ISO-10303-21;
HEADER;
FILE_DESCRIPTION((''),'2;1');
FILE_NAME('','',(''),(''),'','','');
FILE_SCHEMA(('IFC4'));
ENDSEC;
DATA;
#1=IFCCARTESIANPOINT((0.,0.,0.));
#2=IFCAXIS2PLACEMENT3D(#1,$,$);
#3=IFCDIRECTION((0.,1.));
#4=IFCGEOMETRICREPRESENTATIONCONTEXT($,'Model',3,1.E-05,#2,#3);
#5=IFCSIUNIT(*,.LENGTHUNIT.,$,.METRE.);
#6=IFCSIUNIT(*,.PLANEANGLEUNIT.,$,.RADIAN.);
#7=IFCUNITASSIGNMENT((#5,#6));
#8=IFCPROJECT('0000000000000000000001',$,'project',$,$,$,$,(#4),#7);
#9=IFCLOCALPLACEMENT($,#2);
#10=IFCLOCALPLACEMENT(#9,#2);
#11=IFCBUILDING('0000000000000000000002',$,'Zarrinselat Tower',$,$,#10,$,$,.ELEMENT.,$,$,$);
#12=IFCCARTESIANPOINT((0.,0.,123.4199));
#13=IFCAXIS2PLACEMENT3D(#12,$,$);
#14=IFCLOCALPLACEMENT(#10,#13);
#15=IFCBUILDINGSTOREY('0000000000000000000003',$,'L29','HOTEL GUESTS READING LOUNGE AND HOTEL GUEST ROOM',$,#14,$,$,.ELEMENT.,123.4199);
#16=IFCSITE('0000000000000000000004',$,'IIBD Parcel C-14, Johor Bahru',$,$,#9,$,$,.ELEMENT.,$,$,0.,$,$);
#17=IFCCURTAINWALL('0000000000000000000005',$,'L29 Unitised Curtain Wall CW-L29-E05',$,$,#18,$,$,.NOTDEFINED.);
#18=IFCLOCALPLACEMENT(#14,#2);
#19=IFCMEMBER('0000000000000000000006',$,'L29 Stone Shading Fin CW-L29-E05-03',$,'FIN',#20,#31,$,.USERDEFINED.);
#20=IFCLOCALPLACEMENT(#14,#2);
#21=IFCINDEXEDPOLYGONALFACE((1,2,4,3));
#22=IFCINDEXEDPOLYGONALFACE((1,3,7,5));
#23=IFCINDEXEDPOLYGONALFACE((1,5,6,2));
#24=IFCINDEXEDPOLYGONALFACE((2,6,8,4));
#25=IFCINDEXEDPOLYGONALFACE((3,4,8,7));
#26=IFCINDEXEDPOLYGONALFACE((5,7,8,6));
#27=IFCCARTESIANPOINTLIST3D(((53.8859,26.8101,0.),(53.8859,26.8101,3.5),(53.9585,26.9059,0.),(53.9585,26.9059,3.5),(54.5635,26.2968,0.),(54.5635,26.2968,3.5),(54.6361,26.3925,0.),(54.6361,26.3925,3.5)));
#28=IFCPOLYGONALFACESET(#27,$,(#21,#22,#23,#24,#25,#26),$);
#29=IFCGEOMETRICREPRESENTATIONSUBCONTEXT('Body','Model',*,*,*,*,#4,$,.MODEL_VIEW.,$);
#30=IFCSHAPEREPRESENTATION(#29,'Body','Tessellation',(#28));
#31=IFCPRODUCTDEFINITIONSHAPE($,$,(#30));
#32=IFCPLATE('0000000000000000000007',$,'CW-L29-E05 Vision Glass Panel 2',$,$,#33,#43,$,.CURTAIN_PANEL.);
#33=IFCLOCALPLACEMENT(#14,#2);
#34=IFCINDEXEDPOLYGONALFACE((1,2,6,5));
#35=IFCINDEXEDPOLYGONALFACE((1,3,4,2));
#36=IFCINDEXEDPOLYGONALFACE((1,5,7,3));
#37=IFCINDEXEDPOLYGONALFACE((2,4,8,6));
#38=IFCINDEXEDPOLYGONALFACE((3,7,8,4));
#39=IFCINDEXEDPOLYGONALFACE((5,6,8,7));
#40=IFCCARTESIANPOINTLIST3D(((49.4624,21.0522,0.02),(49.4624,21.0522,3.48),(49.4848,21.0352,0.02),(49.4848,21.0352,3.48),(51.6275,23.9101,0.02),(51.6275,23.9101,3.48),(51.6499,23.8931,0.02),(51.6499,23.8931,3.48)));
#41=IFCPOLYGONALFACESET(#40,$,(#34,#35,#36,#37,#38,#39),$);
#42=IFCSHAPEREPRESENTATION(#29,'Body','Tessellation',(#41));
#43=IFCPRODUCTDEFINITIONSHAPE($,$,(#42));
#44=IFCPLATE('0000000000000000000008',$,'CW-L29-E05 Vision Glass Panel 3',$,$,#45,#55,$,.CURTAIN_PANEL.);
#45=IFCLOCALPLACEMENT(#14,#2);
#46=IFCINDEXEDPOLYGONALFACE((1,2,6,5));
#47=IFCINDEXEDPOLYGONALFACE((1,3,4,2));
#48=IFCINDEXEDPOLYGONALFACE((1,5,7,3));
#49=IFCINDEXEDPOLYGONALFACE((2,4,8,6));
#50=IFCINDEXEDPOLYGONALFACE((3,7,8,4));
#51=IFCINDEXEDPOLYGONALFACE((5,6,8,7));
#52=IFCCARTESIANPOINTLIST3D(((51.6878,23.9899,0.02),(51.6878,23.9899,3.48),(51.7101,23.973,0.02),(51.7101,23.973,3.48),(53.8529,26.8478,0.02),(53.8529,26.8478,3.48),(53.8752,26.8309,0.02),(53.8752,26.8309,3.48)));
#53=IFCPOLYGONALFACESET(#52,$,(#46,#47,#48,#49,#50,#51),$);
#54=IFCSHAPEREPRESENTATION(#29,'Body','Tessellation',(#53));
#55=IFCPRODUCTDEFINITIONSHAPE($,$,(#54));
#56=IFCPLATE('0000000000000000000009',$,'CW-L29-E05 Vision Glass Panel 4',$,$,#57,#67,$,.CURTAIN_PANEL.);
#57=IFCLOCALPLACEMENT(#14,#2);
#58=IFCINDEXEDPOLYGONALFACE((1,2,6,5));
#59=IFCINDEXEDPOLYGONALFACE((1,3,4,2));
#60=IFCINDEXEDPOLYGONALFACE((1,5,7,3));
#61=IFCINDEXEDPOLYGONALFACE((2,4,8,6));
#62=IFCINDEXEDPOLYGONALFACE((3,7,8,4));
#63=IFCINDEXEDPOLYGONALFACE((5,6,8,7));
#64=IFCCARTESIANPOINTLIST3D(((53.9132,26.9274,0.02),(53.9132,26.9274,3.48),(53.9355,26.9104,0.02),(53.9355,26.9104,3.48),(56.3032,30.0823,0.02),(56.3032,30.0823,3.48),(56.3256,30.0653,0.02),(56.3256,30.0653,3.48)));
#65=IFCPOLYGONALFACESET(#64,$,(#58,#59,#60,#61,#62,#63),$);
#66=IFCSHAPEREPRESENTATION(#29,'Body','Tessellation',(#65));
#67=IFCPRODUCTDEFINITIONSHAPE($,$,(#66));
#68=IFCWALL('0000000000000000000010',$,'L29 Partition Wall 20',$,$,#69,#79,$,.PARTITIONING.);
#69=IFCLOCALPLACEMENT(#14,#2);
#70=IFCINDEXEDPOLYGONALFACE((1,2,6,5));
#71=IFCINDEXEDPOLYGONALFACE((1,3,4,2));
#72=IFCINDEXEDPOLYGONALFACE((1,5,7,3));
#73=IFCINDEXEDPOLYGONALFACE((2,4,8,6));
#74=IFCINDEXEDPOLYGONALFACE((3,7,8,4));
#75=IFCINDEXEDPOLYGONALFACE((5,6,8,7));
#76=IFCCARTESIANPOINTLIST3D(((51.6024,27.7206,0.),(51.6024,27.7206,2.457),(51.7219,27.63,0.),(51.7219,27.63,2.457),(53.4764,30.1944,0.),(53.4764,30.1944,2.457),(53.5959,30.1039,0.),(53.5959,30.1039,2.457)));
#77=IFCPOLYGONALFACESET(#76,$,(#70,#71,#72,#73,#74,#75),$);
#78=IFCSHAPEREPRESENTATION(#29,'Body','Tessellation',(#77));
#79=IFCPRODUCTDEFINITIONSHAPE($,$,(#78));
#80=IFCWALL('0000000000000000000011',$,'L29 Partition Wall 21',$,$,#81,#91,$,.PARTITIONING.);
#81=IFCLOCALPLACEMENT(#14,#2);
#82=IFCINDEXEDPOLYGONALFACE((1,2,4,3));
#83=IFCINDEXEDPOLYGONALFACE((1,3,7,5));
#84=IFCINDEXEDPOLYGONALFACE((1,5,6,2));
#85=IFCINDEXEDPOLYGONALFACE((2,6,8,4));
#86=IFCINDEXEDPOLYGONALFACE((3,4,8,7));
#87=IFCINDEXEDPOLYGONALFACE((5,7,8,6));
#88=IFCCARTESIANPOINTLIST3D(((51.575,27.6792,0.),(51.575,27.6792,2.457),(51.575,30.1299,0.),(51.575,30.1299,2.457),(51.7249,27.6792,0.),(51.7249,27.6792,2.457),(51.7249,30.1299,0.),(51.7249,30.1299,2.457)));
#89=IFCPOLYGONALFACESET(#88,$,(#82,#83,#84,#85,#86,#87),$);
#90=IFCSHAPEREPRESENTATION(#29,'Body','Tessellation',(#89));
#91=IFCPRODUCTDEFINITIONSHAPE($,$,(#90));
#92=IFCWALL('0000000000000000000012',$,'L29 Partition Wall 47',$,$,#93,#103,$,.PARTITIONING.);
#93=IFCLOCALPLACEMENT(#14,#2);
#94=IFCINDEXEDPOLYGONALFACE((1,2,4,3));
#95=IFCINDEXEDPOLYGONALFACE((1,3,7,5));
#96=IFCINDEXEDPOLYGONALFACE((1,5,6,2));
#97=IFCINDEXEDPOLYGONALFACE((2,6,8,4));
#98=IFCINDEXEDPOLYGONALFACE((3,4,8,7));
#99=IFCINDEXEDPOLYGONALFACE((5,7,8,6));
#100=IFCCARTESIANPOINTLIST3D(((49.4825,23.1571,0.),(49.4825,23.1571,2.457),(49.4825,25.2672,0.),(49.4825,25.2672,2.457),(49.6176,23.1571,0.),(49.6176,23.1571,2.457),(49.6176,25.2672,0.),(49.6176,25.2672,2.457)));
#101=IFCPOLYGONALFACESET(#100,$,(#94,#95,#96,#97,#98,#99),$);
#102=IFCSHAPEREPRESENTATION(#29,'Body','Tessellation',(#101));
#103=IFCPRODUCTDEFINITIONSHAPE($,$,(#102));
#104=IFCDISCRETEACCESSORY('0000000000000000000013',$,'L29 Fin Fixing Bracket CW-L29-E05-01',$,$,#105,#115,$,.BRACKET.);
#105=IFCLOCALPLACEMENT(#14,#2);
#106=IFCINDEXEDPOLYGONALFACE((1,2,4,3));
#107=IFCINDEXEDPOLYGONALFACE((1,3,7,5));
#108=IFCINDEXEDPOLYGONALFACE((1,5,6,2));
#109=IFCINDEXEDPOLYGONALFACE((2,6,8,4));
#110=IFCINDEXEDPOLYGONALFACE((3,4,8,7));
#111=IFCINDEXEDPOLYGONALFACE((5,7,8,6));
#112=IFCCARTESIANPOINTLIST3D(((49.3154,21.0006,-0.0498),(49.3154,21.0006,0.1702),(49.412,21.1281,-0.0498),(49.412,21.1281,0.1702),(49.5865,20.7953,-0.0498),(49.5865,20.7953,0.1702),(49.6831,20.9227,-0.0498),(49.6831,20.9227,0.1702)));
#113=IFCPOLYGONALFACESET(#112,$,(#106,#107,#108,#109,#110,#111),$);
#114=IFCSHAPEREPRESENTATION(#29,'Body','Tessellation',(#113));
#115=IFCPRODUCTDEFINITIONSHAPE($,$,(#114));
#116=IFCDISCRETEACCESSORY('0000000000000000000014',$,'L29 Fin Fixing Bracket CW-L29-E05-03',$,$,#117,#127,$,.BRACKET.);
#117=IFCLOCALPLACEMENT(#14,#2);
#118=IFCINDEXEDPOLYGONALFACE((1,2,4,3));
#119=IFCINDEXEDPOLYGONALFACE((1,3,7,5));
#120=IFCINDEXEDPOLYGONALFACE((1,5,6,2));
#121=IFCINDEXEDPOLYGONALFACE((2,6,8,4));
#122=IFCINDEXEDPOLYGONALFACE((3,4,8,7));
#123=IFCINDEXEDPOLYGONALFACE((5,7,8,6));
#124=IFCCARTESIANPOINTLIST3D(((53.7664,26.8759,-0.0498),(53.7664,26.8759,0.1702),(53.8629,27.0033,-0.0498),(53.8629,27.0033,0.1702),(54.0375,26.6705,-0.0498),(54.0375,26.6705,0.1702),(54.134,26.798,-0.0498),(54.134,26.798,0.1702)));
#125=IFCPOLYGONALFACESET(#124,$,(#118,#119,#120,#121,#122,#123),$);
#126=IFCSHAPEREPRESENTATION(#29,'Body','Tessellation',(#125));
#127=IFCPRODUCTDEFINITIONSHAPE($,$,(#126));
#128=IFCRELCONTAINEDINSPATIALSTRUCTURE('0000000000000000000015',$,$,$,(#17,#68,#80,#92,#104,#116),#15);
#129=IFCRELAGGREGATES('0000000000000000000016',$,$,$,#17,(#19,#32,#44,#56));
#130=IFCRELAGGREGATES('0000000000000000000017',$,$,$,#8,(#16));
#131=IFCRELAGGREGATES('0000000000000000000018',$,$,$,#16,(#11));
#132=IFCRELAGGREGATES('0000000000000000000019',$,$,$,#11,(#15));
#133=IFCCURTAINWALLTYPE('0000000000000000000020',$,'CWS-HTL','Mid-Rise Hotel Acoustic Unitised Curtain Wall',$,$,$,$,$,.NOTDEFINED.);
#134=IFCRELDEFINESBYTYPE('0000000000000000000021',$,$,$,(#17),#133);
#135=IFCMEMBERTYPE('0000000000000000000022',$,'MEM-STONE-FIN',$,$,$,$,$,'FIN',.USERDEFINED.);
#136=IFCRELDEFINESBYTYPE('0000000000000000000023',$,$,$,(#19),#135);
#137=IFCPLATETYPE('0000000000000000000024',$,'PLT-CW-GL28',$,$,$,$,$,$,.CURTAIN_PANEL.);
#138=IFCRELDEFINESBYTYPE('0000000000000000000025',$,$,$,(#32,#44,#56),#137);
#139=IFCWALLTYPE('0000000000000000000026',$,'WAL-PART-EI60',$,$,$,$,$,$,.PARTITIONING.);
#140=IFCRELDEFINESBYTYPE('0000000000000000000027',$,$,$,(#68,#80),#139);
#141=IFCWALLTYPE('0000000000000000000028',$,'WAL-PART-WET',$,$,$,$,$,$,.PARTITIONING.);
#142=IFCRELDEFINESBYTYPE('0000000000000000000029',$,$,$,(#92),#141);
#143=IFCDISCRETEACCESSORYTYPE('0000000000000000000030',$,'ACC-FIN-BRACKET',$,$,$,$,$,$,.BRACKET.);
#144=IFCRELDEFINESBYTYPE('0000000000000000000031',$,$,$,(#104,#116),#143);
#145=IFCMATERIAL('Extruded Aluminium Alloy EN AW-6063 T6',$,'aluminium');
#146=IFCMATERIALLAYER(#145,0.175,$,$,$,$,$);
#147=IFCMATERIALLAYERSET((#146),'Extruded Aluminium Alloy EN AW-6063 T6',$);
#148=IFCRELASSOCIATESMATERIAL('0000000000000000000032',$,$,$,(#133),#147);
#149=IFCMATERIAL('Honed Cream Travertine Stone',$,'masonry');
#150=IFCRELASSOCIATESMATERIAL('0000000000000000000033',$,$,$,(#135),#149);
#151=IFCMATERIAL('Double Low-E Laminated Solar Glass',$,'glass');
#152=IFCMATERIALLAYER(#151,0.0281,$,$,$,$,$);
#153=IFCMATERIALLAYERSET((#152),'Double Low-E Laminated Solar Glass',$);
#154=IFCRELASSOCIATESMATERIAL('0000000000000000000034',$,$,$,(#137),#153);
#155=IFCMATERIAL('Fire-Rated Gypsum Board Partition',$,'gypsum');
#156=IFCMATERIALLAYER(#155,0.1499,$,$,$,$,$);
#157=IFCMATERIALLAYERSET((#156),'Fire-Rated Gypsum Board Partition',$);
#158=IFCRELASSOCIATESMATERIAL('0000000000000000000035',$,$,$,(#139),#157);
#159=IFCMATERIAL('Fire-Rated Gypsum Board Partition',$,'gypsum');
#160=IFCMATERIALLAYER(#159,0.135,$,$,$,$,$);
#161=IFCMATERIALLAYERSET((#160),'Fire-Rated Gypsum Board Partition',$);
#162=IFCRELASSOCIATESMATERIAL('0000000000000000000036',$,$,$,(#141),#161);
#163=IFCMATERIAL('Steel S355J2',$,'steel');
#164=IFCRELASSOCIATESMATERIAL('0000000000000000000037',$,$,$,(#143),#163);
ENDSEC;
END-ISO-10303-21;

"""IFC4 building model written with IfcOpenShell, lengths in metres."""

from ifc_helpers import new_model, si_unit, direction, frame, frame_2d, origin, origin_2d, place, context, subcontext, project, spatial, rectangle, extrude, material, layer, layer_set, material_profile, profile_set, type_object, element, aggregate, save


model = new_model("IFC4")

# Units and contexts
model_context = context("Model", 3, precision=1e-05, world=origin(), true_north=direction((0.0, 1.0)))
body_context = subcontext(model_context, "Body", "Model", "MODEL_VIEW")
ifc_project = project(units=[si_unit("LENGTHUNIT", "METRE"), si_unit("PLANEANGLEUNIT", "RADIAN")], contexts=[model_context])

# Site, building, storey
site_placement = place(None, origin())
site = spatial("IfcSite", under=ifc_project, at=site_placement, Name="IIBD Parcel C-14, Johor Bahru", CompositionType="ELEMENT", RefElevation=0.0)
building_placement = place(site_placement, origin())
building = spatial("IfcBuilding", under=site, at=building_placement, Name="Zarrinselat Tower", CompositionType="ELEMENT")
storey_placement = place(building_placement, frame((0.0, 0.0, 123.4199)))
storey = spatial("IfcBuildingStorey", under=building, at=storey_placement, Name="L29", Description="HOTEL GUESTS READING LOUNGE AND HOTEL GUEST ROOM", CompositionType="ELEMENT", Elevation=123.4199)

# Curtain wall, member, plates
ifc_material_1 = material(Name="Extruded Aluminium Alloy EN AW-6063 T6", Category="aluminium")
ifc_layer_1 = layer(ifc_material_1, 0.175)
ifc_layer_set_1 = layer_set([ifc_layer_1], Name="Extruded Aluminium Alloy EN AW-6063 T6")
curtain_wall_type = type_object("IfcCurtainWallType", Name="CWS-HTL", Description="Mid-Rise Hotel Acoustic Unitised Curtain Wall", PredefinedType="NOTDEFINED", material=ifc_layer_set_1)
curtain_wall_placement = place(storey_placement, origin())
curtain_wall = element("IfcCurtainWall", 1, at=curtain_wall_placement, inside=storey, type_object=curtain_wall_type, Name="L29 Unitised Curtain Wall CW-L29-E05", PredefinedType="NOTDEFINED")
ifc_material_2 = material(Name="Honed Cream Travertine Stone", Category="masonry")
ifc_material_profile_1 = material_profile(ifc_material_2, rectangle(XDim=0.1201, YDim=0.8501, at=origin_2d()), Name="FIN 850x120")
ifc_profile_set_1 = profile_set([ifc_material_profile_1], Name="Honed Cream Travertine Stone")
member_type_1 = type_object("IfcMemberType", Name="MEM-STONE-FIN", ElementType="FIN", PredefinedType="USERDEFINED", material=ifc_profile_set_1)
member_1_placement = place(storey_placement, frame((54.261, 26.6013, 0.0), z_axis=(0.0, 0.0, 1.0), x_axis=(-0.603858, -0.797092, 0.0)))
member_1 = element("IfcMember", 2, at=member_1_placement, type_object=member_type_1, Name="L29 Stone Shading Fin CW-L29-E05-03", ObjectType="FIN", PredefinedType="USERDEFINED", context=body_context, shape_type="SweptSolid", body=[
    extrude(rectangle(XDim=0.1201, YDim=0.8501, at=origin_2d()), origin(), (0.0, 0.0, 1.0), 3.5),
])
ifc_material_3 = material(Name="Double Low-E Laminated Solar Glass", Category="glass")
ifc_layer_2 = layer(ifc_material_3, 0.0281)
ifc_layer_set_2 = layer_set([ifc_layer_2], Name="Double Low-E Laminated Solar Glass")
plate_type = type_object("IfcPlateType", Name="PLT-CW-GL28", PredefinedType="CURTAIN_PANEL", material=ifc_layer_set_2)
plate_1_placement = place(storey_placement, frame((50.5562, 22.4727, 0.02), z_axis=(0.0, 0.0, 1.0), x_axis=(0.603858, 0.797092, 0.0)))
plate_1 = element("IfcPlate", 3, at=plate_1_placement, type_object=plate_type, Name="CW-L29-E05 Vision Glass Panel 2", PredefinedType="CURTAIN_PANEL", context=body_context, shape_type="SweptSolid", body=[
    extrude(rectangle(XDim=3.5854, YDim=0.0281, at=origin_2d()), origin(), (0.0, 0.0, 1.0), 3.46),
])
plate_2_placement = place(storey_placement, frame((52.7815, 25.4104, 0.02), z_axis=(0.0, 0.0, 1.0), x_axis=(0.603858, 0.797092, 0.0)))
plate_2 = element("IfcPlate", 4, at=plate_2_placement, type_object=plate_type, Name="CW-L29-E05 Vision Glass Panel 3", PredefinedType="CURTAIN_PANEL", context=body_context, shape_type="SweptSolid", body=[
    extrude(rectangle(XDim=3.5854, YDim=0.0281, at=origin_2d()), origin(), (0.0, 0.0, 1.0), 3.46),
])
plate_3_placement = place(storey_placement, frame((55.1194, 28.4963, 0.02), z_axis=(0.0, 0.0, 1.0), x_axis=(0.603858, 0.797092, 0.0)))
plate_3 = element("IfcPlate", 5, at=plate_3_placement, type_object=plate_type, Name="CW-L29-E05 Vision Glass Panel 4", PredefinedType="CURTAIN_PANEL", context=body_context, shape_type="SweptSolid", body=[
    extrude(rectangle(XDim=3.958, YDim=0.0281, at=origin_2d()), origin(), (0.0, 0.0, 1.0), 3.46),
])
aggregate(curtain_wall, [member_1, plate_1, plate_2, plate_3])

# Walls
ifc_material_4 = material(Name="Fire-Rated Gypsum Board Partition", Category="gypsum")
ifc_layer_3 = layer(ifc_material_4, 0.1499)
ifc_layer_set_3 = layer_set([ifc_layer_3], Name="Fire-Rated Gypsum Board Partition")
wall_type_1 = type_object("IfcWallType", Name="WAL-PART-EI60", PredefinedType="PARTITIONING", material=ifc_layer_set_3)
wall_1_placement = place(storey_placement, frame((51.6621, 27.6753, 0.0), z_axis=(0.0, 0.0, 1.0), x_axis=(0.603832, 0.797112, 0.0)))
element("IfcWall", 6, at=wall_1_placement, inside=storey, type_object=wall_type_1, Name="L29 Partition Wall 20", PredefinedType="PARTITIONING", context=body_context, shape_type="SweptSolid", body=[
    extrude(rectangle(XDim=3.1035, YDim=0.1499, at=frame_2d((1.5518, 0.0))), origin(), (0.0, 0.0, 1.0), 2.457),
])
wall_2_placement = place(storey_placement, frame((51.6499, 27.6792, 0.0), z_axis=(0.0, 0.0, 1.0), x_axis=(0.0, 1.0, 0.0)))
element("IfcWall", 7, at=wall_2_placement, inside=storey, type_object=wall_type_1, Name="L29 Partition Wall 21", PredefinedType="PARTITIONING", context=body_context, shape_type="SweptSolid", body=[
    extrude(rectangle(XDim=2.4507, YDim=0.1499, at=frame_2d((1.2253, 0.0))), origin(), (0.0, 0.0, 1.0), 2.457),
])
ifc_material_5 = material(Name="Fire-Rated Gypsum Board Partition", Category="gypsum")
ifc_layer_4 = layer(ifc_material_5, 0.135)
ifc_layer_set_4 = layer_set([ifc_layer_4], Name="Fire-Rated Gypsum Board Partition")
wall_type_2 = type_object("IfcWallType", Name="WAL-PART-WET", PredefinedType="PARTITIONING", material=ifc_layer_set_4)
wall_3_placement = place(storey_placement, frame((49.55, 23.157, 0.0), z_axis=(0.0, 0.0, 1.0), x_axis=(0.0, 1.0, 0.0)))
element("IfcWall", 8, at=wall_3_placement, inside=storey, type_object=wall_type_2, Name="L29 Partition Wall 47", PredefinedType="PARTITIONING", context=body_context, shape_type="SweptSolid", body=[
    extrude(rectangle(XDim=2.1101, YDim=0.135, at=frame_2d((1.0552, 0.0))), origin(), (0.0, 0.0, 1.0), 2.457),
])

# Discrete accessories
ifc_material_6 = material(Name="Steel S355J2", Category="steel")
discrete_accessory_type = type_object("IfcDiscreteAccessoryType", Name="ACC-FIN-BRACKET", PredefinedType="BRACKET", material=ifc_material_6)
for number, where, z_axis, x_axis, name in (
    (9, (49.4993, 20.9617, -0.0498), (0.0, 0.0, 1.0), (0.797092, -0.603858, 0.0), "L29 Fin Fixing Bracket CW-L29-E05-01"),
    (10, (53.9502, 26.8369, -0.0498), (0.0, 0.0, 1.0), (0.797092, -0.603858, 0.0), "L29 Fin Fixing Bracket CW-L29-E05-03"),
):
    element("IfcDiscreteAccessory", number, at=place(storey_placement, frame(where, z_axis=z_axis, x_axis=x_axis)), inside=storey, type_object=discrete_accessory_type, Name=name, PredefinedType="BRACKET", context=body_context, shape_type="SweptSolid", body=[
        extrude(rectangle(XDim=0.3401, YDim=0.1599, at=origin_2d()), origin(), (0.0, 0.0, 1.0), 0.22),
    ])

save(model, "model.ifc")
